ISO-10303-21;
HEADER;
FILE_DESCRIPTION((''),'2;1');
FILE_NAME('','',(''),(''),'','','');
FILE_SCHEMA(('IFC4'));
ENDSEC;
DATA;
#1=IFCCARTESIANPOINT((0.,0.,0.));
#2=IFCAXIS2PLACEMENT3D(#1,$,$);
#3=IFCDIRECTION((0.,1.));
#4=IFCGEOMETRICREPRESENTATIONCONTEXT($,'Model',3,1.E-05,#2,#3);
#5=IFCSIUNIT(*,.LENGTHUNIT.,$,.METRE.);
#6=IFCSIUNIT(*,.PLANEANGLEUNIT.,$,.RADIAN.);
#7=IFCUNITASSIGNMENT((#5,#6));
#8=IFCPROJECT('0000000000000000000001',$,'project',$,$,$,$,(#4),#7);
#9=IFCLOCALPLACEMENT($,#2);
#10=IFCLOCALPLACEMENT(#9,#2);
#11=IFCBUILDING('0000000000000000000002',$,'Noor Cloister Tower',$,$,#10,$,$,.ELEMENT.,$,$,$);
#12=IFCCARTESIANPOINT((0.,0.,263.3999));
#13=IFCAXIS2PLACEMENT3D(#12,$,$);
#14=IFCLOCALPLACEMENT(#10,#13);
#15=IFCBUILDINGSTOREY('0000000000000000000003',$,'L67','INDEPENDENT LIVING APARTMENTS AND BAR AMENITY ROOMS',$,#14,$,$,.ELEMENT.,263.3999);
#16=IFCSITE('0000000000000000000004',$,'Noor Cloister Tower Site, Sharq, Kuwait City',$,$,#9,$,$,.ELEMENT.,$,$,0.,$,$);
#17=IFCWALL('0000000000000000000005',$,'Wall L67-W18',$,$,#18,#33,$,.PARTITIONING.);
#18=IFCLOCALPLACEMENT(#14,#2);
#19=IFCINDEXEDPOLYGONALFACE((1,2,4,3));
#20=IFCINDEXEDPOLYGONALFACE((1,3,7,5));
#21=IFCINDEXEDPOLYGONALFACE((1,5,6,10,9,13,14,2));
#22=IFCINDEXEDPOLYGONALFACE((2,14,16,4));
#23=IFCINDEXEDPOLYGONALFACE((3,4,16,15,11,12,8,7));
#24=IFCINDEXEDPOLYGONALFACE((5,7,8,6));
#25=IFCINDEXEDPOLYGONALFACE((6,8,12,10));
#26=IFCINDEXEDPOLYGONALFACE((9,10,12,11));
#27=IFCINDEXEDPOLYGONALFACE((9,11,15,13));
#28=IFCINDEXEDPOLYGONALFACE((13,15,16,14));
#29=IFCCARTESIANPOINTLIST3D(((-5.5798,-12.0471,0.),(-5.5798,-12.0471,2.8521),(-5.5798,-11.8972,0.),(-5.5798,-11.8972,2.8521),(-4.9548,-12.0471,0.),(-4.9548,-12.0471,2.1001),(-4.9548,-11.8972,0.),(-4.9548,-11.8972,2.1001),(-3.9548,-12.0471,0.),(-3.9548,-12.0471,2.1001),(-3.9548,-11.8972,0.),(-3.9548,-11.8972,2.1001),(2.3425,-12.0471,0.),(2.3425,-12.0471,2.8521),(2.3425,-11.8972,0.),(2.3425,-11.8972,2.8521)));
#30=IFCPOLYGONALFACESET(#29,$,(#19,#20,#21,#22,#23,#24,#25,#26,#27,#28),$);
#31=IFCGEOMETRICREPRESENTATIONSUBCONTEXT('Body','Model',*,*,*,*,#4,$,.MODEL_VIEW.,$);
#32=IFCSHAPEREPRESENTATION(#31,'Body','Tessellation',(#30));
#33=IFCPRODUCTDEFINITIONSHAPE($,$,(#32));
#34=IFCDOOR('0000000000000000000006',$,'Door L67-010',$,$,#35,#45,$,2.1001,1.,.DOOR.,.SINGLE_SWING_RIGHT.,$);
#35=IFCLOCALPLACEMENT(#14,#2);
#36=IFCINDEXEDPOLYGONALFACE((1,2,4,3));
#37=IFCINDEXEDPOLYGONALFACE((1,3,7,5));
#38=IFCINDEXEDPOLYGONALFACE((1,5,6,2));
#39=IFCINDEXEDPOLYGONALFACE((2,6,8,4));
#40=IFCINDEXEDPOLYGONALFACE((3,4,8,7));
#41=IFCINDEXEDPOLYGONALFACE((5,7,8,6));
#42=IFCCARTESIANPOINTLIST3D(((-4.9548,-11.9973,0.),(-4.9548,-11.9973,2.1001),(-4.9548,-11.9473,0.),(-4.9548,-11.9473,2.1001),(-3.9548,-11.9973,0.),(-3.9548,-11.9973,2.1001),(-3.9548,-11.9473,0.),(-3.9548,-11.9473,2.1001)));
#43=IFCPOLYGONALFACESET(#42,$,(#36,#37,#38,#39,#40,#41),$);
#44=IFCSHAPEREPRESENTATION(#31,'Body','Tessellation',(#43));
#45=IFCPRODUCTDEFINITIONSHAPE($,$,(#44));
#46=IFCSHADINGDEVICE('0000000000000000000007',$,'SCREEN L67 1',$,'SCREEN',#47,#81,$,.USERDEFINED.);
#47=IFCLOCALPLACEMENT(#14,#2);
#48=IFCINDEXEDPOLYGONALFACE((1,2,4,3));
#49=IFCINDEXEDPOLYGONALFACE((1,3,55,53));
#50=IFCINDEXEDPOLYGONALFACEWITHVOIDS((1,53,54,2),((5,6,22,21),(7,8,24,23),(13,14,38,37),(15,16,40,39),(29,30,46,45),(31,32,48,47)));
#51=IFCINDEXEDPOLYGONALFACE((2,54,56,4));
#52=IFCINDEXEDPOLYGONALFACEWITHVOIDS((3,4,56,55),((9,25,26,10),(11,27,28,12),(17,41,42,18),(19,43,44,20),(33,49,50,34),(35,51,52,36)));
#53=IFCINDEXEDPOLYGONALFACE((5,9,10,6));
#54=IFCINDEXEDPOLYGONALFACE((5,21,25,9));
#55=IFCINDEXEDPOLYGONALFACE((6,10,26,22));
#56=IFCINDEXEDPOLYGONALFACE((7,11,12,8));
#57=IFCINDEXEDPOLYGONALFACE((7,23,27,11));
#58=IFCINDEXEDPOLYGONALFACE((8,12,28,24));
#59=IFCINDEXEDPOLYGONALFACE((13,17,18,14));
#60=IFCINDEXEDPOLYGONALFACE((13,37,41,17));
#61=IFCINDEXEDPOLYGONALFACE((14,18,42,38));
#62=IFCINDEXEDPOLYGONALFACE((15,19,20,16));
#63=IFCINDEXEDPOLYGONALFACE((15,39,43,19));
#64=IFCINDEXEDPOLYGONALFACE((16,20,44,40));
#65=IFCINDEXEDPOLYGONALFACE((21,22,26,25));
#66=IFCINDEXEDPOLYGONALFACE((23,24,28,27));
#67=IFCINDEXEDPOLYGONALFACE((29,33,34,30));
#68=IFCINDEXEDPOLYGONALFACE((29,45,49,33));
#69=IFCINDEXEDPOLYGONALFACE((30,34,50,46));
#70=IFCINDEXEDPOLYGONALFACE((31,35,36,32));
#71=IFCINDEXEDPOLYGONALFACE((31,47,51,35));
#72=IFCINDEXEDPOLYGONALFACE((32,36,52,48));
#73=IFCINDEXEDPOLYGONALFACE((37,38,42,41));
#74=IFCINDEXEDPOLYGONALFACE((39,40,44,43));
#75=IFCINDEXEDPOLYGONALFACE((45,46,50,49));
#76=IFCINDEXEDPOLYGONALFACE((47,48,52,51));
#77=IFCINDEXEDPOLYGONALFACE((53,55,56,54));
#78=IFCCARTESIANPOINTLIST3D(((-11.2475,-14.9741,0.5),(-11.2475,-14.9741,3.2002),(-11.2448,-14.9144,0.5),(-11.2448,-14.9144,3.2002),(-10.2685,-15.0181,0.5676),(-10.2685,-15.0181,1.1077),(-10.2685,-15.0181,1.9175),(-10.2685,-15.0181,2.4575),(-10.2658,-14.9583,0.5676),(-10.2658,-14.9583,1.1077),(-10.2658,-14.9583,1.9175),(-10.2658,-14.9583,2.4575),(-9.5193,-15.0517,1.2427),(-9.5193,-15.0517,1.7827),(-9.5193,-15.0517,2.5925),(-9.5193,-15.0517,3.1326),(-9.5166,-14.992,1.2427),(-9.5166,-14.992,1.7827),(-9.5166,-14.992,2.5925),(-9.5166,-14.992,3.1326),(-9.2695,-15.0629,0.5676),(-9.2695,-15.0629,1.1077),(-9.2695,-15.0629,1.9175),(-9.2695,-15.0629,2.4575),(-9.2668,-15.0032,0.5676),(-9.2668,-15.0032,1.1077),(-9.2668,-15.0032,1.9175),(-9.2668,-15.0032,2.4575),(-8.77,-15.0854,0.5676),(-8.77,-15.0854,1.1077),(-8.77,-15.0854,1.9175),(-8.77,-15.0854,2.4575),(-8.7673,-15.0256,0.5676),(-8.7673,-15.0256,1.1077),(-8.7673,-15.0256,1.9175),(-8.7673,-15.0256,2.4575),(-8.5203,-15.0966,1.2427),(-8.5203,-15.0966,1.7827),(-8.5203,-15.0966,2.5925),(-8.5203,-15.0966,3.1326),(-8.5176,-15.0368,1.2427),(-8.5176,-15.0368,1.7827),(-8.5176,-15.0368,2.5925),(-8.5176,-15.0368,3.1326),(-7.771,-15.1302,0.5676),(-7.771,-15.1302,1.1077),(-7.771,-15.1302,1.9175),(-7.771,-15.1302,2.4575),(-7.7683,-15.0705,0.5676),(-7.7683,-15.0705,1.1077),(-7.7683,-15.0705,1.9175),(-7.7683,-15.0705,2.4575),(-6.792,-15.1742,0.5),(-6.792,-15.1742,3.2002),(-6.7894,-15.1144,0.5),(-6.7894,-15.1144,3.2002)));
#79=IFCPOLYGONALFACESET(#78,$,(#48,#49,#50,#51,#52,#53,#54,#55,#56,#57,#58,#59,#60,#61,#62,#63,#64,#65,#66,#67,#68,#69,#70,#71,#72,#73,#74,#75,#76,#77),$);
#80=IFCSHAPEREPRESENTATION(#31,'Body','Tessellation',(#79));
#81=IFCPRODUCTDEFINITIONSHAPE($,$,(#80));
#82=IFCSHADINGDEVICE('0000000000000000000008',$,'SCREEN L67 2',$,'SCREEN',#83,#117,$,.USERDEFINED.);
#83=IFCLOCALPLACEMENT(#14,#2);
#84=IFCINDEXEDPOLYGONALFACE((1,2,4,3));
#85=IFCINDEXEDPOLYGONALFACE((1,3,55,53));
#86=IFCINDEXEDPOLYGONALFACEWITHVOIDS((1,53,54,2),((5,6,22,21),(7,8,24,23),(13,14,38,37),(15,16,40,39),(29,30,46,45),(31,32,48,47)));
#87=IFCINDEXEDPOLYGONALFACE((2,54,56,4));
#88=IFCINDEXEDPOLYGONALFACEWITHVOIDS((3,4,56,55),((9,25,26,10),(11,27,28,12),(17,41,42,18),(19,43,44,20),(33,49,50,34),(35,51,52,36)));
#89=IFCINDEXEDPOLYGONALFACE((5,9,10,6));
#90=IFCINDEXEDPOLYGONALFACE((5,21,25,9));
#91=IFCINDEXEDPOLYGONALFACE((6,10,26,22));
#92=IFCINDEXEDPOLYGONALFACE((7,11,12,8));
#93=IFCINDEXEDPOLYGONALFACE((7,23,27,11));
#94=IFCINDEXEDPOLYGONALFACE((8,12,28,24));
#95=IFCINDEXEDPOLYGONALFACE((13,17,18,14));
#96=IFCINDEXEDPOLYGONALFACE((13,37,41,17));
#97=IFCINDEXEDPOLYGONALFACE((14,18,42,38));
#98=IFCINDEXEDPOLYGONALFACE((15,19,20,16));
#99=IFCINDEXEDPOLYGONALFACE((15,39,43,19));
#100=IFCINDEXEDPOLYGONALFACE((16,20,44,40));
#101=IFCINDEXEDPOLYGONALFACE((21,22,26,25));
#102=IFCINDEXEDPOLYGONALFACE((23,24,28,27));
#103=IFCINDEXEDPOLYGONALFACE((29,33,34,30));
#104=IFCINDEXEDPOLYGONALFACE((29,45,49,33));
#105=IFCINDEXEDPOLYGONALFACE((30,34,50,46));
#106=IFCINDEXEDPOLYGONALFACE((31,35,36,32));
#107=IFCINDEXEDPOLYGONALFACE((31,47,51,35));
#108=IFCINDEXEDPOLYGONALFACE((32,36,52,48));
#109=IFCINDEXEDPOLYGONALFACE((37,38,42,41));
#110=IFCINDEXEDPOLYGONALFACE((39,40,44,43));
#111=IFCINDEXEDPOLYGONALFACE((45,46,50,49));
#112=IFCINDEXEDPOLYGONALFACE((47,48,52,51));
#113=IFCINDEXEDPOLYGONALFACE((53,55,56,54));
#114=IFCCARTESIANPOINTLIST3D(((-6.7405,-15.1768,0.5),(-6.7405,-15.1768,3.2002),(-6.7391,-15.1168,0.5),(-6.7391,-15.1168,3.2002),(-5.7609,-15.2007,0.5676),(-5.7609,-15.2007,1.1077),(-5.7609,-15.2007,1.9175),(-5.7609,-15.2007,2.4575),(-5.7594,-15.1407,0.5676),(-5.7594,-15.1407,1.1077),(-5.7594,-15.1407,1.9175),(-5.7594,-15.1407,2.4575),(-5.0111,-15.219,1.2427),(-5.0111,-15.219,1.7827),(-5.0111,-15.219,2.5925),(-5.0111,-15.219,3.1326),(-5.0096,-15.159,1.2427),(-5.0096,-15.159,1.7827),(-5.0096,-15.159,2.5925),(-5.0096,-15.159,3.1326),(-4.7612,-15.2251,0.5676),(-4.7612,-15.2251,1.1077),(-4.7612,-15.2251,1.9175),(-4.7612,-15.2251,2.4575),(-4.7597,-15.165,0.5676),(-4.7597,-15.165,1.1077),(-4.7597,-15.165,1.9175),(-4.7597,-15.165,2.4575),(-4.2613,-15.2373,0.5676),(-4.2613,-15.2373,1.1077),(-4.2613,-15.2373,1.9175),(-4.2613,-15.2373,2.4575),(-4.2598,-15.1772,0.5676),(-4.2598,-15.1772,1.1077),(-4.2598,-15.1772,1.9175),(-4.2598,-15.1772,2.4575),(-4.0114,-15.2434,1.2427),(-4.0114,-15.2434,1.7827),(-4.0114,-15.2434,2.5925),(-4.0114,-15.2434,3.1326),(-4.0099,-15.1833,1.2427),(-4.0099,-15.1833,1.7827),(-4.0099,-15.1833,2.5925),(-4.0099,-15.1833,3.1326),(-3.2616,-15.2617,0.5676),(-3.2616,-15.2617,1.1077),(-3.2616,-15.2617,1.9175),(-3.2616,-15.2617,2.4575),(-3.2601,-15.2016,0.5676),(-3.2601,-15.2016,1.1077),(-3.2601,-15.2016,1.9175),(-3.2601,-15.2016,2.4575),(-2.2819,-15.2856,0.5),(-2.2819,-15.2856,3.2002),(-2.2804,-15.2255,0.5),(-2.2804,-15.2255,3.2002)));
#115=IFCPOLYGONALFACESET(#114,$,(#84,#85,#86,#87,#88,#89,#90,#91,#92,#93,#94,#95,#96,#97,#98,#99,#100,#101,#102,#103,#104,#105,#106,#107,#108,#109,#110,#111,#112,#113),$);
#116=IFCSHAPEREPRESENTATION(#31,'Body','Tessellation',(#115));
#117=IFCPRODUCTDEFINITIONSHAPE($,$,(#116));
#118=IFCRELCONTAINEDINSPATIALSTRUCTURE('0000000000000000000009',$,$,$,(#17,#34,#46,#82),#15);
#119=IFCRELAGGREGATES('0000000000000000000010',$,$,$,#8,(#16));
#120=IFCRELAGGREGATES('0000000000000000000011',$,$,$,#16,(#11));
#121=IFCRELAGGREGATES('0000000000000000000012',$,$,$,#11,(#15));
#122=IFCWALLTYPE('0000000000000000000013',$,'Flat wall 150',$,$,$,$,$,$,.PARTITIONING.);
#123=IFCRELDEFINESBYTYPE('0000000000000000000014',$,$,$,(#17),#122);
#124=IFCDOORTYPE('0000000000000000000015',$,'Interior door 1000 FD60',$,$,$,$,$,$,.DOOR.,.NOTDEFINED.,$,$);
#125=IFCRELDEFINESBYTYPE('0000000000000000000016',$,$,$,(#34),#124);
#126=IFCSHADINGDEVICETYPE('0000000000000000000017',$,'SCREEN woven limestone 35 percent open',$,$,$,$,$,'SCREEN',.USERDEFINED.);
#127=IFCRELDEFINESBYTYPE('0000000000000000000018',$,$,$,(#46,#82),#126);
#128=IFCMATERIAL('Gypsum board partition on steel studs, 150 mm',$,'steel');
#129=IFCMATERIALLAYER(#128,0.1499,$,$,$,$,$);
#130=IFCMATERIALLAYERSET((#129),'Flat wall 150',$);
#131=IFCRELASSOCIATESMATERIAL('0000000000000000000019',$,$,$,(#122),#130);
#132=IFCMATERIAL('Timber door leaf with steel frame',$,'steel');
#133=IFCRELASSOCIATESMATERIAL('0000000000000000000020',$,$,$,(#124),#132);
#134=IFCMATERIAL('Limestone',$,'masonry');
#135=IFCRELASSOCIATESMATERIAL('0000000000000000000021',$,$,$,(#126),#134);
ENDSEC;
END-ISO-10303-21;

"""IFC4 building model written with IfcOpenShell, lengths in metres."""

from ifc_helpers import new_model, si_unit, direction, frame, frame_2d, origin, place, context, subcontext, project, spatial, polyline, rectangle, outline, extrude, material, layer, layer_set, material_profile, profile_set, type_object, element, fill, save


model = new_model("IFC4")

# Units and contexts
model_context = context("Model", 3, precision=1e-05, world=origin(), true_north=direction((0.0, 1.0)))
body_context = subcontext(model_context, "Body", "Model", "MODEL_VIEW")
ifc_project = project(units=[si_unit("LENGTHUNIT", "METRE"), si_unit("PLANEANGLEUNIT", "RADIAN")], contexts=[model_context])

# Site, building, storey
site_placement = place(None, origin())
site = spatial("IfcSite", under=ifc_project, at=site_placement, Name="Noor Cloister Tower Site, Sharq, Kuwait City", CompositionType="ELEMENT", RefElevation=0.0)
building_placement = place(site_placement, origin())
building = spatial("IfcBuilding", under=site, at=building_placement, Name="Noor Cloister Tower", CompositionType="ELEMENT")
storey_placement = place(building_placement, frame((0.0, 0.0, 263.3999)))
storey = spatial("IfcBuildingStorey", under=building, at=storey_placement, Name="L67", Description="INDEPENDENT LIVING APARTMENTS AND BAR AMENITY ROOMS", CompositionType="ELEMENT", Elevation=263.3999)

# Shared definitions
ifc_material_1 = material(Name="Gypsum board partition on steel studs, 150 mm", Category="steel")
ifc_layer_1 = layer(ifc_material_1, 0.1499)
ifc_layer_set_1 = layer_set([ifc_layer_1], Name="Flat wall 150")
wall_type_1 = type_object("IfcWallType", Name="Flat wall 150", PredefinedType="PARTITIONING", material=ifc_layer_set_1)

# Wall, opening, door
wall_1_placement = place(storey_placement, frame((-5.5798, -11.9722, 0.0), z_axis=(0.0, 0.0, 1.0), x_axis=(1.0, 0.0, 0.0)))
wall_1 = element("IfcWall", 1, at=wall_1_placement, inside=storey, type_object=wall_type_1, Name="Wall L67-W18", PredefinedType="PARTITIONING", context=body_context, shape_type="SweptSolid", body=[
    extrude(rectangle(XDim=7.9224, YDim=0.1499, at=frame_2d((3.9612, 0.0))), origin(), (0.0, 0.0, 1.0), 2.8521),
])
opening_1_placement = place(wall_1_placement, frame((0.625, 0.0, 0.0)))
opening_1 = element("IfcOpeningElement", 2, at=opening_1_placement, cuts=wall_1, PredefinedType="OPENING", context=body_context, shape_type="SweptSolid", body=[
    extrude(rectangle(XDim=1.0, YDim=2.1001, at=frame_2d((0.5, 1.05))), frame((0.0, 0.085, 0.0), z_axis=(0.0, -1.0, 0.0), x_axis=(1.0, 0.0, 0.0)), (0.0, 0.0, 1.0), 0.1699),
])
ifc_material_2 = material(Name="Timber door leaf with steel frame", Category="steel")
door_type_1 = type_object("IfcDoorType", Name="Interior door 1000 FD60", OperationType="NOTDEFINED", PredefinedType="DOOR", material=ifc_material_2)
door_1_placement = place(opening_1_placement, origin())
door_1 = element("IfcDoor", 3, at=door_1_placement, inside=storey, type_object=door_type_1, Name="Door L67-010", OperationType="SINGLE_SWING_RIGHT", OverallHeight=2.1001, OverallWidth=1.0, PredefinedType="DOOR", context=body_context, shape_type="SweptSolid", body=[
    extrude(rectangle(XDim=1.0, YDim=2.1001, at=frame_2d((0.5, 1.05))), frame((0.0, 0.0249, 0.0), z_axis=(0.0, -1.0, 0.0), x_axis=(1.0, 0.0, 0.0)), (0.0, 0.0, 1.0), 0.05),
])
fill(opening_1, door_1)

# Shading devices
ifc_material_3 = material(Name="Limestone", Category="masonry")
ifc_material_profile_1 = material_profile(ifc_material_3, outline(polyline([(-2.23, -1.3501), (2.23, -1.3501), (2.23, 1.3501), (-2.23, 1.3501), (-2.23, -1.3501)]), holes=[polyline([(-1.25, -1.2825), (-0.25, -1.2825), (-0.25, -0.7424), (-1.25, -0.7424), (-1.25, -1.2825)]), polyline([(0.25, -1.2825), (1.25, -1.2825), (1.25, -0.7424), (0.25, -0.7424), (0.25, -1.2825)]), polyline([(-0.5, -0.6074), (0.5, -0.6074), (0.5, -0.0674), (-0.5, -0.0674), (-0.5, -0.6074)]), polyline([(-1.25, 0.0674), (-0.25, 0.0674), (-0.25, 0.6074), (-1.25, 0.6074), (-1.25, 0.0674)]), polyline([(0.25, 0.0674), (1.25, 0.0674), (1.25, 0.6074), (0.25, 0.6074), (0.25, 0.0674)]), polyline([(-0.5, 0.7424), (0.5, 0.7424), (0.5, 1.2825), (-0.5, 1.2825), (-0.5, 0.7424)])]), Name="Woven screen 35 percent open")
ifc_profile_set_1 = profile_set([ifc_material_profile_1], Name="Limestone")
shading_device_type = type_object("IfcShadingDeviceType", Name="SCREEN woven limestone 35 percent open", ElementType="SCREEN", PredefinedType="USERDEFINED", material=ifc_profile_set_1)
shading_device_1_placement = place(storey_placement, frame((-9.0171, -15.0144, 1.8501), z_axis=(-0.044853, -0.998994, 0.0), x_axis=(0.998994, -0.044853, 0.0)))
element("IfcShadingDevice", 4, at=shading_device_1_placement, inside=storey, type_object=shading_device_type, Name="SCREEN L67 1", ObjectType="SCREEN", PredefinedType="USERDEFINED", context=body_context, shape_type="SweptSolid", body=[
    extrude(outline(polyline([(-2.23, -1.3501), (2.23, -1.3501), (2.23, 1.3501), (-2.23, 1.3501), (-2.23, -1.3501)]), holes=[polyline([(-1.25, -1.2825), (-0.25, -1.2825), (-0.25, -0.7424), (-1.25, -0.7424), (-1.25, -1.2825)]), polyline([(0.25, -1.2825), (1.25, -1.2825), (1.25, -0.7424), (0.25, -0.7424), (0.25, -1.2825)]), polyline([(-0.5, -0.6074), (0.5, -0.6074), (0.5, -0.0674), (-0.5, -0.0674), (-0.5, -0.6074)]), polyline([(-1.25, 0.0674), (-0.25, 0.0674), (-0.25, 0.6074), (-1.25, 0.6074), (-1.25, 0.0674)]), polyline([(0.25, 0.0674), (1.25, 0.0674), (1.25, 0.6074), (0.25, 0.6074), (0.25, 0.0674)]), polyline([(-0.5, 0.7424), (0.5, 0.7424), (0.5, 1.2825), (-0.5, 1.2825), (-0.5, 0.7424)])]), origin(), (0.0, 0.0, 1.0), 0.0598),
])
shading_device_2_placement = place(storey_placement, frame((-4.5098, -15.1711, 1.8501), z_axis=(-0.024383, -0.999703, 0.0), x_axis=(0.999703, -0.024383, 0.0)))
element("IfcShadingDevice", 5, at=shading_device_2_placement, inside=storey, type_object=shading_device_type, Name="SCREEN L67 2", ObjectType="SCREEN", PredefinedType="USERDEFINED", context=body_context, shape_type="SweptSolid", body=[
    extrude(outline(polyline([(-2.23, -1.3501), (2.23, -1.3501), (2.23, 1.3501), (-2.23, 1.3501), (-2.23, -1.3501)]), holes=[polyline([(-1.25, -1.2825), (-0.25, -1.2825), (-0.25, -0.7424), (-1.25, -0.7424), (-1.25, -1.2825)]), polyline([(0.25, -1.2825), (1.25, -1.2825), (1.25, -0.7424), (0.25, -0.7424), (0.25, -1.2825)]), polyline([(-0.5, -0.6074), (0.5, -0.6074), (0.5, -0.0674), (-0.5, -0.0674), (-0.5, -0.6074)]), polyline([(-1.25, 0.0674), (-0.25, 0.0674), (-0.25, 0.6074), (-1.25, 0.6074), (-1.25, 0.0674)]), polyline([(0.25, 0.0674), (1.25, 0.0674), (1.25, 0.6074), (0.25, 0.6074), (0.25, 0.0674)]), polyline([(-0.5, 0.7424), (0.5, 0.7424), (0.5, 1.2825), (-0.5, 1.2825), (-0.5, 0.7424)])]), origin(), (0.0, 0.0, 1.0), 0.0601),
])

save(model, "model.ifc")
